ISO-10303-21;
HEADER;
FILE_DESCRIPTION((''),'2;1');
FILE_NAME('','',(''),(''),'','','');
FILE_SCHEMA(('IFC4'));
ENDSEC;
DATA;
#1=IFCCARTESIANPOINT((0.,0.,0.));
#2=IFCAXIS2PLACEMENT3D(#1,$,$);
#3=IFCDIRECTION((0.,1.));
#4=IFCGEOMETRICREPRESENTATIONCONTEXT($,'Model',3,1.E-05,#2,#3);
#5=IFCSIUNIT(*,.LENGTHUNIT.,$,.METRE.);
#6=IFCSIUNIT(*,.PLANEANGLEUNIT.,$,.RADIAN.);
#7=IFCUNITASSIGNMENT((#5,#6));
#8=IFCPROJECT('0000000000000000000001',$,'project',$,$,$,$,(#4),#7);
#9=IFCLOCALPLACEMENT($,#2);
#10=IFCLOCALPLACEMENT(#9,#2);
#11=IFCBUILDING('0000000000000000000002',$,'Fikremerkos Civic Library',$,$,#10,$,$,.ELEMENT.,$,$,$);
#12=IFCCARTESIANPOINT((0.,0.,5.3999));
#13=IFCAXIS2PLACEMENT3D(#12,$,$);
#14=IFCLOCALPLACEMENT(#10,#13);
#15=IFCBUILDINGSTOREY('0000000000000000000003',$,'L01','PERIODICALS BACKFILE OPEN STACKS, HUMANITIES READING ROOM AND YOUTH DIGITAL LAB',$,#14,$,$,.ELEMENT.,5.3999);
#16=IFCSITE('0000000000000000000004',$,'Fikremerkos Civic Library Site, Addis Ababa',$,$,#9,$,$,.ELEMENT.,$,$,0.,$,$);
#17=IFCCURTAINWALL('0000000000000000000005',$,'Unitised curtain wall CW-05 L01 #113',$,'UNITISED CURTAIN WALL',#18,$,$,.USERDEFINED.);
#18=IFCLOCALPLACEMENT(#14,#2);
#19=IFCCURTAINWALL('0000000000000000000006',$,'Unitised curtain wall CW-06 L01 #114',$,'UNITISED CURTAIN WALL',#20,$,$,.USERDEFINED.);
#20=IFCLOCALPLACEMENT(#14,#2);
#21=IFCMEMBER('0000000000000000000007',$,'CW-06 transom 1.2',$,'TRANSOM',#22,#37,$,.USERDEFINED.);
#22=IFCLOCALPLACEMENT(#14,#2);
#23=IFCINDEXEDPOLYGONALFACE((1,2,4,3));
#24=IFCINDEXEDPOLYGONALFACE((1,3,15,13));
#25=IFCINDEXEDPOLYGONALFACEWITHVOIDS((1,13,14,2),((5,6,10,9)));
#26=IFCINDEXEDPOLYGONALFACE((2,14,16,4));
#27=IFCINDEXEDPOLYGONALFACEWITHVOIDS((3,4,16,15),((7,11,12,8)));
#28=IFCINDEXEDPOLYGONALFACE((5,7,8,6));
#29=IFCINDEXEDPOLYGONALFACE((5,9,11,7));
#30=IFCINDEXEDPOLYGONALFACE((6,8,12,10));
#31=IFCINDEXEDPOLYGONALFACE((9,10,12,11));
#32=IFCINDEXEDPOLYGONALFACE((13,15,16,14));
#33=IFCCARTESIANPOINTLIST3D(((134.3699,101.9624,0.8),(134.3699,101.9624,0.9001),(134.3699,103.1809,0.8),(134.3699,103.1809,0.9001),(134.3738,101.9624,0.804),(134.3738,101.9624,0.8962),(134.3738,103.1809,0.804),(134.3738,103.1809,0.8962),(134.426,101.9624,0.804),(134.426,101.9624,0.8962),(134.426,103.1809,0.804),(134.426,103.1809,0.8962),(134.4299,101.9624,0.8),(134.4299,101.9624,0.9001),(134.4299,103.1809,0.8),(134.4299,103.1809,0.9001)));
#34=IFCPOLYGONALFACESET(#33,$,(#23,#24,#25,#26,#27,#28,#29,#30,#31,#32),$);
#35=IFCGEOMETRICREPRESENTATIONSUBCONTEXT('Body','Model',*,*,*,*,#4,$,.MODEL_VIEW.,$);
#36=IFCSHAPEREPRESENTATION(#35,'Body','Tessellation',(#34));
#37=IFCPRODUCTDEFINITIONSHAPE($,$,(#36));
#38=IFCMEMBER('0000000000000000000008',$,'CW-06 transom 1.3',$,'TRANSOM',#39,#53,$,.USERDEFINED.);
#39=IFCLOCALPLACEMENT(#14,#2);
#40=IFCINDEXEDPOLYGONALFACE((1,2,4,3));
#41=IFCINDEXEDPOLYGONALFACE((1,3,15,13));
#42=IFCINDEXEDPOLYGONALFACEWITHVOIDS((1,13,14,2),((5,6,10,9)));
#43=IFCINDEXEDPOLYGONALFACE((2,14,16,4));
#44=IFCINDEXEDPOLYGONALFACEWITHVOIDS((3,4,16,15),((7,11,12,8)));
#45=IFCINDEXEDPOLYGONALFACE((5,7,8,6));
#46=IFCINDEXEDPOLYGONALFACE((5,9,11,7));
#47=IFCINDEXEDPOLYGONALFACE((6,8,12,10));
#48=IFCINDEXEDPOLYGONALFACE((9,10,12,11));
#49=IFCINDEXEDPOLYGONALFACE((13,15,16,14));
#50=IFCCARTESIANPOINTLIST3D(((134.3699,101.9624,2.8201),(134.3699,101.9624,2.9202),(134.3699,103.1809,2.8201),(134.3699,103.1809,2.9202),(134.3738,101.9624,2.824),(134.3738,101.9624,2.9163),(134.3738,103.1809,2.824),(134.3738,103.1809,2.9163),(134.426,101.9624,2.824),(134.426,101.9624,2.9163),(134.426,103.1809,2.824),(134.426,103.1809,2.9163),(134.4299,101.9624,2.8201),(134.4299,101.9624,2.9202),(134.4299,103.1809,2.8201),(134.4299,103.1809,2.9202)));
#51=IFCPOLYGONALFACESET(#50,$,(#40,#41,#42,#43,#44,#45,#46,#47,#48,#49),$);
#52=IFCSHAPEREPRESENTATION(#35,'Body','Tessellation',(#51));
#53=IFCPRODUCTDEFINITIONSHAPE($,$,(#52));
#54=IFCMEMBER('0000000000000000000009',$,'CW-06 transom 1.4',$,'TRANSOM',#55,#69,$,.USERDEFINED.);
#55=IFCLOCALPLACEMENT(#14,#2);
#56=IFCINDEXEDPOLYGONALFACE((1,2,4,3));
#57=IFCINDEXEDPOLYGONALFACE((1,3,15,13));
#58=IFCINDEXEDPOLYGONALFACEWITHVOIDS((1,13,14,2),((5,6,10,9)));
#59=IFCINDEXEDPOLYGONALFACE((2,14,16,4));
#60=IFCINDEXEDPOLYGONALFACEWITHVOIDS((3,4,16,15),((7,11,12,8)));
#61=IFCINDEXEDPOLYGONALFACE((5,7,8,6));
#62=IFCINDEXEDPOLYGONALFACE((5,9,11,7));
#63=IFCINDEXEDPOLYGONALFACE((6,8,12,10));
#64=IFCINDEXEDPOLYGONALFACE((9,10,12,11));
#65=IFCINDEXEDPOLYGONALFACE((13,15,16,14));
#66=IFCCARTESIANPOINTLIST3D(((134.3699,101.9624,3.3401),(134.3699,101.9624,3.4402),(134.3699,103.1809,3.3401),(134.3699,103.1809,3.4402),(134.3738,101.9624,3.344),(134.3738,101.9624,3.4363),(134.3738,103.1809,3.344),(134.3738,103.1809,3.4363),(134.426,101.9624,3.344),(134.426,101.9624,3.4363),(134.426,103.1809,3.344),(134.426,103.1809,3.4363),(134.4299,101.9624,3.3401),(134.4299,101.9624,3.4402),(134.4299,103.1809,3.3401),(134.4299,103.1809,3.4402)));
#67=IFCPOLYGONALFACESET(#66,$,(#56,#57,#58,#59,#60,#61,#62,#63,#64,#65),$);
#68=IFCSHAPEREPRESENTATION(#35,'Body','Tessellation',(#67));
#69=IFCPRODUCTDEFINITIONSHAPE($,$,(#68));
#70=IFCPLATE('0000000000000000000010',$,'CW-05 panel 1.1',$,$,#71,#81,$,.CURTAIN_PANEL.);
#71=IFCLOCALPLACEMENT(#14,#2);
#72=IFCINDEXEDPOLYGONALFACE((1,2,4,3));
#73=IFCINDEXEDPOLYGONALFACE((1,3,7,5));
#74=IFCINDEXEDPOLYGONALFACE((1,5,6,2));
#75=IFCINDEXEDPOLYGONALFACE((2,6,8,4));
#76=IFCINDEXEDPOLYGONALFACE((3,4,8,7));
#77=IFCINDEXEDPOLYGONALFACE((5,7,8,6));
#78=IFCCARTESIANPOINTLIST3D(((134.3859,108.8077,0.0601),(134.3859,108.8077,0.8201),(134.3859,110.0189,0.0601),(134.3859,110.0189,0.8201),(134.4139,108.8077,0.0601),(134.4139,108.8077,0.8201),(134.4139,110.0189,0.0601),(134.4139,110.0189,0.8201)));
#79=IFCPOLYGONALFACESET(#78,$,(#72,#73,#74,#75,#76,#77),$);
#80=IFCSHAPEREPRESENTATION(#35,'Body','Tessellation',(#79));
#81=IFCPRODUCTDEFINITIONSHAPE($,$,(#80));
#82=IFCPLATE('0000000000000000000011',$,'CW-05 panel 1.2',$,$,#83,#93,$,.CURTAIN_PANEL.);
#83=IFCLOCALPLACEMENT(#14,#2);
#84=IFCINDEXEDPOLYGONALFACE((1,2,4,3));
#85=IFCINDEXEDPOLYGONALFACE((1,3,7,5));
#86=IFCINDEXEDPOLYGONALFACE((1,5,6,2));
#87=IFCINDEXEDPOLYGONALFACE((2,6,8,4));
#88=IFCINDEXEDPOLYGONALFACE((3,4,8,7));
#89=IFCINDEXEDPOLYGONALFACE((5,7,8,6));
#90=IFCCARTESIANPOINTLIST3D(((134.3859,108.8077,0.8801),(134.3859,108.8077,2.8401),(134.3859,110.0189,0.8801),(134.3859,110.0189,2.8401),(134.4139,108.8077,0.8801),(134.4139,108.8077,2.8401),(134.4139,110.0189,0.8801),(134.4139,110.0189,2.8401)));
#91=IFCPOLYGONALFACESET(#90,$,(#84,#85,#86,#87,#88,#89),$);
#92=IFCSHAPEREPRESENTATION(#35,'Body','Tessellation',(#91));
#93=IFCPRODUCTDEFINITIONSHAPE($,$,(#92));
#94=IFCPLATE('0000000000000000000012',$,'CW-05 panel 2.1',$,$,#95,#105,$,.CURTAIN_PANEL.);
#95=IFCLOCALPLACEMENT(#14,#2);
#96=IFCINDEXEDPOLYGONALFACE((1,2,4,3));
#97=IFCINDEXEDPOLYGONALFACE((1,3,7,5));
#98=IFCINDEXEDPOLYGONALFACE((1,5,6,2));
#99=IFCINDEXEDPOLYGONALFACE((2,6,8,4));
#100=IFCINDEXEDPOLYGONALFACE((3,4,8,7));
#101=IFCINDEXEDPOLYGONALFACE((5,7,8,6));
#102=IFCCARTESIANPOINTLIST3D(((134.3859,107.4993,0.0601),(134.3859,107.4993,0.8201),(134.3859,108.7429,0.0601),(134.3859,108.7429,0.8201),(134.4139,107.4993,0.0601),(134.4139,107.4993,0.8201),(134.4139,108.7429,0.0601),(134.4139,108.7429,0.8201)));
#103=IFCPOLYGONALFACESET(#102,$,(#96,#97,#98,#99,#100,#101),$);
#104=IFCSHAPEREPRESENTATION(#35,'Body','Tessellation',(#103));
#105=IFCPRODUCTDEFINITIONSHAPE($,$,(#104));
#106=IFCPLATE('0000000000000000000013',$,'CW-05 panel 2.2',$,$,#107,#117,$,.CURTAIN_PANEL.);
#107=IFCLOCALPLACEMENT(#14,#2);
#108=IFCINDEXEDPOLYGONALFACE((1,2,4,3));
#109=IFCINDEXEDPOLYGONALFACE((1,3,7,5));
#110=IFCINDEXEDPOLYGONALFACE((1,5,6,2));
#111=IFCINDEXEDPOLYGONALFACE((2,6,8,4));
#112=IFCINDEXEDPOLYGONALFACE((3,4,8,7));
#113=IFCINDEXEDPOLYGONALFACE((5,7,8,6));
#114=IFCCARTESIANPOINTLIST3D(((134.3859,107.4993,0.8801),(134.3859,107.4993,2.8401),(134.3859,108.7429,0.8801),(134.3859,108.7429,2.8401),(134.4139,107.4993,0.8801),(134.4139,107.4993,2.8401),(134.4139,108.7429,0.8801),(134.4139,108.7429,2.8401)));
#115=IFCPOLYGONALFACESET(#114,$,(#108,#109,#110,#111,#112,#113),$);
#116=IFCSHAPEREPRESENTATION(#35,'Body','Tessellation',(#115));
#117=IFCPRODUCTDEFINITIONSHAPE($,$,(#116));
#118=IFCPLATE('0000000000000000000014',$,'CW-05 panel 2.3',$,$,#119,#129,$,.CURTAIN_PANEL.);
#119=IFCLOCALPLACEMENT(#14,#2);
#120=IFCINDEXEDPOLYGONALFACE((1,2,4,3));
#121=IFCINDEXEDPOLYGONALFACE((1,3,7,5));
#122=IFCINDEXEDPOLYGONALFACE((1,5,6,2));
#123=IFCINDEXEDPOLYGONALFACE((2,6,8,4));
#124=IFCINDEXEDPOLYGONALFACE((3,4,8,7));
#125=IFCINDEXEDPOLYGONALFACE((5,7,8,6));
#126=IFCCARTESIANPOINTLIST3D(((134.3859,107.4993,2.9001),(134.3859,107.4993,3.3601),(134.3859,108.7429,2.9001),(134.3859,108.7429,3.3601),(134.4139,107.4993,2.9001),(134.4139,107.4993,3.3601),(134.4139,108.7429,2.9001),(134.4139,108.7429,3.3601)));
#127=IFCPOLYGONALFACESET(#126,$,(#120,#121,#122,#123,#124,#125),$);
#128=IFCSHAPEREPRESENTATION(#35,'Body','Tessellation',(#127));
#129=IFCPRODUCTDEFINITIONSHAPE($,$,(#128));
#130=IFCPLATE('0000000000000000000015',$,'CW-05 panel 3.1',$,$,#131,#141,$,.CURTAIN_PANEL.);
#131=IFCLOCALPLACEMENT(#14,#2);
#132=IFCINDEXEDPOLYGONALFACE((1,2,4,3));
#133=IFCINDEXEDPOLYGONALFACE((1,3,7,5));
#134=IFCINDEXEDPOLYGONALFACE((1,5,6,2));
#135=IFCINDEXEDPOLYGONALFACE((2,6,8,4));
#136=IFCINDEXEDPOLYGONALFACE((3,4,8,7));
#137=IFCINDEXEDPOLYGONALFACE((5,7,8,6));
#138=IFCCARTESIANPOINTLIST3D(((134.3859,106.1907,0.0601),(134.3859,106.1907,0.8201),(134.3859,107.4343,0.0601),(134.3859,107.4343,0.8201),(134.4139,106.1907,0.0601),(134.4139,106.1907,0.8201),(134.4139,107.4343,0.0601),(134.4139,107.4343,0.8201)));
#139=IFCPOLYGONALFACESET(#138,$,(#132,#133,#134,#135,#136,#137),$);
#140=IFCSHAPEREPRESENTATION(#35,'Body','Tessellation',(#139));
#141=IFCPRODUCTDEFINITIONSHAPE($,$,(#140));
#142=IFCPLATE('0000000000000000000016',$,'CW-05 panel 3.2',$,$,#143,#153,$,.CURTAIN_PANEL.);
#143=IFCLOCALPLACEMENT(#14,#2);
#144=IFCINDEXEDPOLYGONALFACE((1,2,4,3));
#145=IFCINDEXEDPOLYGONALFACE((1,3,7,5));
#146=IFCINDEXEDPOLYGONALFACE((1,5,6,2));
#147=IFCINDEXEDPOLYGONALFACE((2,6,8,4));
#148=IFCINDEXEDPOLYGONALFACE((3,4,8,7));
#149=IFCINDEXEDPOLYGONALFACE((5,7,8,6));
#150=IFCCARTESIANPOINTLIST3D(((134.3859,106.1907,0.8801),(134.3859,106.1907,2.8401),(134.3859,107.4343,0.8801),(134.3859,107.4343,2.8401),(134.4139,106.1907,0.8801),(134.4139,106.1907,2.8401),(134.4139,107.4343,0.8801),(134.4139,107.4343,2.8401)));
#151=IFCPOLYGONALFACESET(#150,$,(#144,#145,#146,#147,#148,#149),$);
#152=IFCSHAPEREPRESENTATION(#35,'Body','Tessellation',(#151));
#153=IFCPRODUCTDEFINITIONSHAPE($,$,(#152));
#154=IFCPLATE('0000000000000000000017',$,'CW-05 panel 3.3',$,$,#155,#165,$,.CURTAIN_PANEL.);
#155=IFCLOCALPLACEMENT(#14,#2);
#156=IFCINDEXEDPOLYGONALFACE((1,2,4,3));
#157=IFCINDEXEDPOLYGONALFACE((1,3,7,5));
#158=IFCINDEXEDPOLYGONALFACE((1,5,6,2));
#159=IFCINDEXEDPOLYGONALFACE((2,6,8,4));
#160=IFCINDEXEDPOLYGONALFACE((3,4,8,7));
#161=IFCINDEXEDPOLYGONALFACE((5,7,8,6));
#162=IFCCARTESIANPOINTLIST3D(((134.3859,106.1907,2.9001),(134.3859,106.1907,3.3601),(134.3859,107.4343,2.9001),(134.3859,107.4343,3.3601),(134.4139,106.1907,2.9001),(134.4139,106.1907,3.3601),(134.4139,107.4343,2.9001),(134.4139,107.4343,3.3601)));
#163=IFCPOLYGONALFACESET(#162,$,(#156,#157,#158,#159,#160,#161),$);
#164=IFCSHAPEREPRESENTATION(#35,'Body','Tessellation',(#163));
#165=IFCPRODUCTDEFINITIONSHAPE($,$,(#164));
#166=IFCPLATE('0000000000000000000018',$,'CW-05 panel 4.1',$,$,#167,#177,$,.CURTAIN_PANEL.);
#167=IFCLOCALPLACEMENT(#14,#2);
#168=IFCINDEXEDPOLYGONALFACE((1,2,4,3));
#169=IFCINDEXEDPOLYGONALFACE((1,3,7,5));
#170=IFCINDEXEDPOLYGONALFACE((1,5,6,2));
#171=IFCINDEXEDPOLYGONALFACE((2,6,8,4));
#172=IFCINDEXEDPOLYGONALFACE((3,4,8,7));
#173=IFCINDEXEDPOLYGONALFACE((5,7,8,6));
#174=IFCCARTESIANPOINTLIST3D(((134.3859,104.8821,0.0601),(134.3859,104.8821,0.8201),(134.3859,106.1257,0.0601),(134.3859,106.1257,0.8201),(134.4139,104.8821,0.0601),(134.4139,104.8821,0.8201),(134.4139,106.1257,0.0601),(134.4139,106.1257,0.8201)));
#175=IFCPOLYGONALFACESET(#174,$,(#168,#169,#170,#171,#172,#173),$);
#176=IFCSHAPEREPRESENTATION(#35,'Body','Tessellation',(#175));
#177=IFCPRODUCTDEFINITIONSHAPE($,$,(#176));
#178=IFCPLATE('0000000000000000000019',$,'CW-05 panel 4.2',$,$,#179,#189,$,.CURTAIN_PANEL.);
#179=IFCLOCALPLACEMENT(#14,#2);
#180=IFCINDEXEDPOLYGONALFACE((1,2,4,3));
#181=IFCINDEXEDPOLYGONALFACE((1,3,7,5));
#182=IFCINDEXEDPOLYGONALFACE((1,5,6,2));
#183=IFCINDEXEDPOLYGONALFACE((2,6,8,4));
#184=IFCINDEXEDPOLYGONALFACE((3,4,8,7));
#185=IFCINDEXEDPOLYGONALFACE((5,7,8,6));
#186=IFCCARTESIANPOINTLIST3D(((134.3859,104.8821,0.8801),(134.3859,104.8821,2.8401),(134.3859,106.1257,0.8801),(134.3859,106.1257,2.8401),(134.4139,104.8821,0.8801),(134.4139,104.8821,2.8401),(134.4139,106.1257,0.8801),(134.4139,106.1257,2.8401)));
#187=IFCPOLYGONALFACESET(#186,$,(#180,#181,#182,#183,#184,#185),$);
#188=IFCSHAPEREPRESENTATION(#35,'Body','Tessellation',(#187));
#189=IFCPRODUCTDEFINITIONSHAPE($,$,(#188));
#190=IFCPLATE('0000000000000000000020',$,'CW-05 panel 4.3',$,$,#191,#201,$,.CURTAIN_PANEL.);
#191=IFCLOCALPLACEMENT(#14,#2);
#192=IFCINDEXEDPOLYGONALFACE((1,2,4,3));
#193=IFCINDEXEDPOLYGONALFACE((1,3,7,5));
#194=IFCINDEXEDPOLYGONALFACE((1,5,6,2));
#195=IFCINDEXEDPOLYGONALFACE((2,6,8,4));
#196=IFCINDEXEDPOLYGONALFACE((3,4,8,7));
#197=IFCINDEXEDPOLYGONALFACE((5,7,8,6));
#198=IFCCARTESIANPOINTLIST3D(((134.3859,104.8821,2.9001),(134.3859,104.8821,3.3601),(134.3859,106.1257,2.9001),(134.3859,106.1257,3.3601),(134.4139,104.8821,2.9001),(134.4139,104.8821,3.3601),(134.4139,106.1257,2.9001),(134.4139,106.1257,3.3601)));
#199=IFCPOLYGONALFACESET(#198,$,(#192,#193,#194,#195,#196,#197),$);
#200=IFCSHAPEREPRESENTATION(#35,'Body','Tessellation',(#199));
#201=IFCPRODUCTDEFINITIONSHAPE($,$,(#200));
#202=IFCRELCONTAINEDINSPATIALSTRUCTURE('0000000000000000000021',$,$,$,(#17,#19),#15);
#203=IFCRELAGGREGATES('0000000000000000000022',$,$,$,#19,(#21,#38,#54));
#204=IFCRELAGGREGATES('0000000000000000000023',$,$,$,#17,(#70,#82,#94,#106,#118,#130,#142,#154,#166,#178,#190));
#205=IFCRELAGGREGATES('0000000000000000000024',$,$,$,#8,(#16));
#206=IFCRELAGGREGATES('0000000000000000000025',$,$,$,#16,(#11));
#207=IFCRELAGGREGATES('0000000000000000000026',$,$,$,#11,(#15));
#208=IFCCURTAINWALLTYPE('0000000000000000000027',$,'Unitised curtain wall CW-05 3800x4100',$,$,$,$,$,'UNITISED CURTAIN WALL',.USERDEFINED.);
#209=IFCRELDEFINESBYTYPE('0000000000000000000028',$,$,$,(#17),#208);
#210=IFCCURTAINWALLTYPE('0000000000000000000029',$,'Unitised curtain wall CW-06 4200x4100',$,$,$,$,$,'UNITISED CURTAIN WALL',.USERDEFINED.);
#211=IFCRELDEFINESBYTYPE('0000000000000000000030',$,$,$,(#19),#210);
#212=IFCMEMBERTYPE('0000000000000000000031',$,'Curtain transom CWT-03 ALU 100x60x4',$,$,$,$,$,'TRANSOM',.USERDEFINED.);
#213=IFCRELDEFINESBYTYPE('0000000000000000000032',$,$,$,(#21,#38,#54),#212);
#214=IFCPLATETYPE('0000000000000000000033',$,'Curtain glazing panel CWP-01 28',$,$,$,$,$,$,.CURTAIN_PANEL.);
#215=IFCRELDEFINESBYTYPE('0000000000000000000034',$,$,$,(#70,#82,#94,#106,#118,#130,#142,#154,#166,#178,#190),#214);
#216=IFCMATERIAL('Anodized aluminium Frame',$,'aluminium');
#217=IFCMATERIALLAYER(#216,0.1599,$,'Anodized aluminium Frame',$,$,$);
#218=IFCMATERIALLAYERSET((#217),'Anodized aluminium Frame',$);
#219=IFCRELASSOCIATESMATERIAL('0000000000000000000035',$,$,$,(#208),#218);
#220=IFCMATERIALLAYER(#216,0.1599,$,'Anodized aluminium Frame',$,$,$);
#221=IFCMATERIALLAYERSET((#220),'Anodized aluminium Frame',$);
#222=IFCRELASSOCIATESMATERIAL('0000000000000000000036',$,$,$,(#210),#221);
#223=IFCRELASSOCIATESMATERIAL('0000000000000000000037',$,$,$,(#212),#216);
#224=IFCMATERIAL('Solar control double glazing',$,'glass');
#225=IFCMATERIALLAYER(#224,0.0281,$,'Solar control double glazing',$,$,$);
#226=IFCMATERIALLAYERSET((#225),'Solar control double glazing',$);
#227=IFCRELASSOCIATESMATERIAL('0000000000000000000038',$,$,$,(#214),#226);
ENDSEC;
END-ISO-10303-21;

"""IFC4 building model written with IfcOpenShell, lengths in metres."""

from ifc_helpers import new_model, si_unit, direction, frame, origin, origin_2d, place, context, subcontext, project, spatial, rectangle, hollow_rectangle, extrude, material, layer, layer_set, material_profile, profile_set, type_object, element, aggregate, save


model = new_model("IFC4")

# Units and contexts
model_context = context("Model", 3, precision=1e-05, world=origin(), true_north=direction((0.0, 1.0)))
body_context = subcontext(model_context, "Body", "Model", "MODEL_VIEW")
ifc_project = project(units=[si_unit("LENGTHUNIT", "METRE"), si_unit("PLANEANGLEUNIT", "RADIAN")], contexts=[model_context])

# Site, building, storey
site_placement = place(None, origin())
site = spatial("IfcSite", under=ifc_project, at=site_placement, Name="Fikremerkos Civic Library Site, Addis Ababa", CompositionType="ELEMENT", RefElevation=0.0)
building_placement = place(site_placement, origin())
building = spatial("IfcBuilding", under=site, at=building_placement, Name="Fikremerkos Civic Library", CompositionType="ELEMENT")
storey_placement = place(building_placement, frame((0.0, 0.0, 5.3999)))
storey = spatial("IfcBuildingStorey", under=building, at=storey_placement, Name="L01", Description="PERIODICALS BACKFILE OPEN STACKS, HUMANITIES READING ROOM AND YOUTH DIGITAL LAB", CompositionType="ELEMENT", Elevation=5.3999)

# Curtain wall
ifc_material_1 = material(Name="Anodized aluminium Frame", Category="aluminium")
ifc_layer_1 = layer(ifc_material_1, 0.1599, Name="Anodized aluminium Frame")
ifc_layer_set_1 = layer_set([ifc_layer_1], Name="Anodized aluminium Frame")
curtain_wall_type_1 = type_object("IfcCurtainWallType", Name="Unitised curtain wall CW-05 3800x4100", ElementType="UNITISED CURTAIN WALL", PredefinedType="USERDEFINED", material=ifc_layer_set_1)
curtain_wall_1_placement = place(storey_placement, origin())
curtain_wall_1 = element("IfcCurtainWall", 1, at=curtain_wall_1_placement, inside=storey, type_object=curtain_wall_type_1, Name="Unitised curtain wall CW-05 L01 #113", ObjectType="UNITISED CURTAIN WALL", PredefinedType="USERDEFINED")

# Curtain wall
ifc_layer_2 = layer(ifc_material_1, 0.1599, Name="Anodized aluminium Frame")
ifc_layer_set_2 = layer_set([ifc_layer_2], Name="Anodized aluminium Frame")
curtain_wall_type_2 = type_object("IfcCurtainWallType", Name="Unitised curtain wall CW-06 4200x4100", ElementType="UNITISED CURTAIN WALL", PredefinedType="USERDEFINED", material=ifc_layer_set_2)
curtain_wall_2_placement = place(storey_placement, origin())
curtain_wall_2 = element("IfcCurtainWall", 2, at=curtain_wall_2_placement, inside=storey, type_object=curtain_wall_type_2, Name="Unitised curtain wall CW-06 L01 #114", ObjectType="UNITISED CURTAIN WALL", PredefinedType="USERDEFINED")

# Members
ifc_material_profile_1 = material_profile(ifc_material_1, hollow_rectangle(XDim=0.0601, YDim=0.1001, WallThickness=0.0039, at=origin_2d()), Name="ALU 100x60x4")
ifc_profile_set_1 = profile_set([ifc_material_profile_1], Name="Anodized aluminium Frame")
member_type_1 = type_object("IfcMemberType", Name="Curtain transom CWT-03 ALU 100x60x4", ElementType="TRANSOM", PredefinedType="USERDEFINED", material=ifc_profile_set_1)
member_1_placement = place(storey_placement, frame((134.3999, 103.1809, 0.8501), z_axis=(0.0, -1.0, 0.0), x_axis=(1.0, 0.0, 0.0)))
member_1 = element("IfcMember", 3, at=member_1_placement, type_object=member_type_1, Name="CW-06 transom 1.2", ObjectType="TRANSOM", PredefinedType="USERDEFINED", context=body_context, shape_type="SweptSolid", body=[
    extrude(hollow_rectangle(XDim=0.0601, YDim=0.1001, WallThickness=0.0039, at=origin_2d()), origin(), (0.0, 0.0, 1.0), 1.2185),
])
member_2_placement = place(storey_placement, frame((134.3999, 103.1809, 2.8701), z_axis=(0.0, -1.0, 0.0), x_axis=(1.0, 0.0, 0.0)))
member_2 = element("IfcMember", 4, at=member_2_placement, type_object=member_type_1, Name="CW-06 transom 1.3", ObjectType="TRANSOM", PredefinedType="USERDEFINED", context=body_context, shape_type="SweptSolid", body=[
    extrude(hollow_rectangle(XDim=0.0601, YDim=0.1001, WallThickness=0.0039, at=origin_2d()), origin(), (0.0, 0.0, 1.0), 1.2185),
])
member_3_placement = place(storey_placement, frame((134.3999, 103.1809, 3.3901), z_axis=(0.0, -1.0, 0.0), x_axis=(1.0, 0.0, 0.0)))
member_3 = element("IfcMember", 5, at=member_3_placement, type_object=member_type_1, Name="CW-06 transom 1.4", ObjectType="TRANSOM", PredefinedType="USERDEFINED", context=body_context, shape_type="SweptSolid", body=[
    extrude(hollow_rectangle(XDim=0.0601, YDim=0.1001, WallThickness=0.0039, at=origin_2d()), origin(), (0.0, 0.0, 1.0), 1.2185),
])
aggregate(curtain_wall_2, [member_1, member_2, member_3])

# Plates
ifc_material_2 = material(Name="Solar control double glazing", Category="glass")
ifc_layer_3 = layer(ifc_material_2, 0.0281, Name="Solar control double glazing")
ifc_layer_set_3 = layer_set([ifc_layer_3], Name="Solar control double glazing")
plate_type = type_object("IfcPlateType", Name="Curtain glazing panel CWP-01 28", PredefinedType="CURTAIN_PANEL", material=ifc_layer_set_3)
plate_1_placement = place(storey_placement, frame((134.3999, 109.4133, 0.0601), z_axis=(0.0, 0.0, 1.0), x_axis=(0.0, -1.0, 0.0)))
plate_1 = element("IfcPlate", 6, at=plate_1_placement, type_object=plate_type, Name="CW-05 panel 1.1", PredefinedType="CURTAIN_PANEL", context=body_context, shape_type="SweptSolid", body=[
    extrude(rectangle(XDim=1.2112, YDim=0.0281, at=origin_2d()), origin(), (0.0, 0.0, 1.0), 0.76),
])
plate_2_placement = place(storey_placement, frame((134.3999, 109.4133, 0.8801), z_axis=(0.0, 0.0, 1.0), x_axis=(0.0, -1.0, 0.0)))
plate_2 = element("IfcPlate", 7, at=plate_2_placement, type_object=plate_type, Name="CW-05 panel 1.2", PredefinedType="CURTAIN_PANEL", context=body_context, shape_type="SweptSolid", body=[
    extrude(rectangle(XDim=1.2112, YDim=0.0281, at=origin_2d()), origin(), (0.0, 0.0, 1.0), 1.96),
])
plate_3_placement = place(storey_placement, frame((134.3999, 108.1211, 0.0601), z_axis=(0.0, 0.0, 1.0), x_axis=(0.0, -1.0, 0.0)))
plate_3 = element("IfcPlate", 8, at=plate_3_placement, type_object=plate_type, Name="CW-05 panel 2.1", PredefinedType="CURTAIN_PANEL", context=body_context, shape_type="SweptSolid", body=[
    extrude(rectangle(XDim=1.2437, YDim=0.0281, at=origin_2d()), origin(), (0.0, 0.0, 1.0), 0.76),
])
plate_4_placement = place(storey_placement, frame((134.3999, 108.1211, 0.8801), z_axis=(0.0, 0.0, 1.0), x_axis=(0.0, -1.0, 0.0)))
plate_4 = element("IfcPlate", 9, at=plate_4_placement, type_object=plate_type, Name="CW-05 panel 2.2", PredefinedType="CURTAIN_PANEL", context=body_context, shape_type="SweptSolid", body=[
    extrude(rectangle(XDim=1.2437, YDim=0.0281, at=origin_2d()), origin(), (0.0, 0.0, 1.0), 1.96),
])
plate_5_placement = place(storey_placement, frame((134.3999, 108.1211, 2.9001), z_axis=(0.0, 0.0, 1.0), x_axis=(0.0, -1.0, 0.0)))
plate_5 = element("IfcPlate", 10, at=plate_5_placement, type_object=plate_type, Name="CW-05 panel 2.3", PredefinedType="CURTAIN_PANEL", context=body_context, shape_type="SweptSolid", body=[
    extrude(rectangle(XDim=1.2437, YDim=0.0281, at=origin_2d()), origin(), (0.0, 0.0, 1.0), 0.46),
])
plate_6_placement = place(storey_placement, frame((134.3999, 106.8125, 0.0601), z_axis=(0.0, 0.0, 1.0), x_axis=(0.0, -1.0, 0.0)))
plate_6 = element("IfcPlate", 11, at=plate_6_placement, type_object=plate_type, Name="CW-05 panel 3.1", PredefinedType="CURTAIN_PANEL", context=body_context, shape_type="SweptSolid", body=[
    extrude(rectangle(XDim=1.2437, YDim=0.0281, at=origin_2d()), origin(), (0.0, 0.0, 1.0), 0.76),
])
plate_7_placement = place(storey_placement, frame((134.3999, 106.8125, 0.8801), z_axis=(0.0, 0.0, 1.0), x_axis=(0.0, -1.0, 0.0)))
plate_7 = element("IfcPlate", 12, at=plate_7_placement, type_object=plate_type, Name="CW-05 panel 3.2", PredefinedType="CURTAIN_PANEL", context=body_context, shape_type="SweptSolid", body=[
    extrude(rectangle(XDim=1.2437, YDim=0.0281, at=origin_2d()), origin(), (0.0, 0.0, 1.0), 1.96),
])
plate_8_placement = place(storey_placement, frame((134.3999, 106.8125, 2.9001), z_axis=(0.0, 0.0, 1.0), x_axis=(0.0, -1.0, 0.0)))
plate_8 = element("IfcPlate", 13, at=plate_8_placement, type_object=plate_type, Name="CW-05 panel 3.3", PredefinedType="CURTAIN_PANEL", context=body_context, shape_type="SweptSolid", body=[
    extrude(rectangle(XDim=1.2437, YDim=0.0281, at=origin_2d()), origin(), (0.0, 0.0, 1.0), 0.46),
])
plate_9_placement = place(storey_placement, frame((134.3999, 105.5039, 0.0601), z_axis=(0.0, 0.0, 1.0), x_axis=(0.0, -1.0, 0.0)))
plate_9 = element("IfcPlate", 14, at=plate_9_placement, type_object=plate_type, Name="CW-05 panel 4.1", PredefinedType="CURTAIN_PANEL", context=body_context, shape_type="SweptSolid", body=[
    extrude(rectangle(XDim=1.2437, YDim=0.0281, at=origin_2d()), origin(), (0.0, 0.0, 1.0), 0.76),
])
plate_10_placement = place(storey_placement, frame((134.3999, 105.5039, 0.8801), z_axis=(0.0, 0.0, 1.0), x_axis=(0.0, -1.0, 0.0)))
plate_10 = element("IfcPlate", 15, at=plate_10_placement, type_object=plate_type, Name="CW-05 panel 4.2", PredefinedType="CURTAIN_PANEL", context=body_context, shape_type="SweptSolid", body=[
    extrude(rectangle(XDim=1.2437, YDim=0.0281, at=origin_2d()), origin(), (0.0, 0.0, 1.0), 1.96),
])
plate_11_placement = place(storey_placement, frame((134.3999, 105.5039, 2.9001), z_axis=(0.0, 0.0, 1.0), x_axis=(0.0, -1.0, 0.0)))
plate_11 = element("IfcPlate", 16, at=plate_11_placement, type_object=plate_type, Name="CW-05 panel 4.3", PredefinedType="CURTAIN_PANEL", context=body_context, shape_type="SweptSolid", body=[
    extrude(rectangle(XDim=1.2437, YDim=0.0281, at=origin_2d()), origin(), (0.0, 0.0, 1.0), 0.46),
])
aggregate(curtain_wall_1, [plate_1, plate_2, plate_3, plate_4, plate_5, plate_6, plate_7, plate_8, plate_9, plate_10, plate_11])

save(model, "model.ifc")
